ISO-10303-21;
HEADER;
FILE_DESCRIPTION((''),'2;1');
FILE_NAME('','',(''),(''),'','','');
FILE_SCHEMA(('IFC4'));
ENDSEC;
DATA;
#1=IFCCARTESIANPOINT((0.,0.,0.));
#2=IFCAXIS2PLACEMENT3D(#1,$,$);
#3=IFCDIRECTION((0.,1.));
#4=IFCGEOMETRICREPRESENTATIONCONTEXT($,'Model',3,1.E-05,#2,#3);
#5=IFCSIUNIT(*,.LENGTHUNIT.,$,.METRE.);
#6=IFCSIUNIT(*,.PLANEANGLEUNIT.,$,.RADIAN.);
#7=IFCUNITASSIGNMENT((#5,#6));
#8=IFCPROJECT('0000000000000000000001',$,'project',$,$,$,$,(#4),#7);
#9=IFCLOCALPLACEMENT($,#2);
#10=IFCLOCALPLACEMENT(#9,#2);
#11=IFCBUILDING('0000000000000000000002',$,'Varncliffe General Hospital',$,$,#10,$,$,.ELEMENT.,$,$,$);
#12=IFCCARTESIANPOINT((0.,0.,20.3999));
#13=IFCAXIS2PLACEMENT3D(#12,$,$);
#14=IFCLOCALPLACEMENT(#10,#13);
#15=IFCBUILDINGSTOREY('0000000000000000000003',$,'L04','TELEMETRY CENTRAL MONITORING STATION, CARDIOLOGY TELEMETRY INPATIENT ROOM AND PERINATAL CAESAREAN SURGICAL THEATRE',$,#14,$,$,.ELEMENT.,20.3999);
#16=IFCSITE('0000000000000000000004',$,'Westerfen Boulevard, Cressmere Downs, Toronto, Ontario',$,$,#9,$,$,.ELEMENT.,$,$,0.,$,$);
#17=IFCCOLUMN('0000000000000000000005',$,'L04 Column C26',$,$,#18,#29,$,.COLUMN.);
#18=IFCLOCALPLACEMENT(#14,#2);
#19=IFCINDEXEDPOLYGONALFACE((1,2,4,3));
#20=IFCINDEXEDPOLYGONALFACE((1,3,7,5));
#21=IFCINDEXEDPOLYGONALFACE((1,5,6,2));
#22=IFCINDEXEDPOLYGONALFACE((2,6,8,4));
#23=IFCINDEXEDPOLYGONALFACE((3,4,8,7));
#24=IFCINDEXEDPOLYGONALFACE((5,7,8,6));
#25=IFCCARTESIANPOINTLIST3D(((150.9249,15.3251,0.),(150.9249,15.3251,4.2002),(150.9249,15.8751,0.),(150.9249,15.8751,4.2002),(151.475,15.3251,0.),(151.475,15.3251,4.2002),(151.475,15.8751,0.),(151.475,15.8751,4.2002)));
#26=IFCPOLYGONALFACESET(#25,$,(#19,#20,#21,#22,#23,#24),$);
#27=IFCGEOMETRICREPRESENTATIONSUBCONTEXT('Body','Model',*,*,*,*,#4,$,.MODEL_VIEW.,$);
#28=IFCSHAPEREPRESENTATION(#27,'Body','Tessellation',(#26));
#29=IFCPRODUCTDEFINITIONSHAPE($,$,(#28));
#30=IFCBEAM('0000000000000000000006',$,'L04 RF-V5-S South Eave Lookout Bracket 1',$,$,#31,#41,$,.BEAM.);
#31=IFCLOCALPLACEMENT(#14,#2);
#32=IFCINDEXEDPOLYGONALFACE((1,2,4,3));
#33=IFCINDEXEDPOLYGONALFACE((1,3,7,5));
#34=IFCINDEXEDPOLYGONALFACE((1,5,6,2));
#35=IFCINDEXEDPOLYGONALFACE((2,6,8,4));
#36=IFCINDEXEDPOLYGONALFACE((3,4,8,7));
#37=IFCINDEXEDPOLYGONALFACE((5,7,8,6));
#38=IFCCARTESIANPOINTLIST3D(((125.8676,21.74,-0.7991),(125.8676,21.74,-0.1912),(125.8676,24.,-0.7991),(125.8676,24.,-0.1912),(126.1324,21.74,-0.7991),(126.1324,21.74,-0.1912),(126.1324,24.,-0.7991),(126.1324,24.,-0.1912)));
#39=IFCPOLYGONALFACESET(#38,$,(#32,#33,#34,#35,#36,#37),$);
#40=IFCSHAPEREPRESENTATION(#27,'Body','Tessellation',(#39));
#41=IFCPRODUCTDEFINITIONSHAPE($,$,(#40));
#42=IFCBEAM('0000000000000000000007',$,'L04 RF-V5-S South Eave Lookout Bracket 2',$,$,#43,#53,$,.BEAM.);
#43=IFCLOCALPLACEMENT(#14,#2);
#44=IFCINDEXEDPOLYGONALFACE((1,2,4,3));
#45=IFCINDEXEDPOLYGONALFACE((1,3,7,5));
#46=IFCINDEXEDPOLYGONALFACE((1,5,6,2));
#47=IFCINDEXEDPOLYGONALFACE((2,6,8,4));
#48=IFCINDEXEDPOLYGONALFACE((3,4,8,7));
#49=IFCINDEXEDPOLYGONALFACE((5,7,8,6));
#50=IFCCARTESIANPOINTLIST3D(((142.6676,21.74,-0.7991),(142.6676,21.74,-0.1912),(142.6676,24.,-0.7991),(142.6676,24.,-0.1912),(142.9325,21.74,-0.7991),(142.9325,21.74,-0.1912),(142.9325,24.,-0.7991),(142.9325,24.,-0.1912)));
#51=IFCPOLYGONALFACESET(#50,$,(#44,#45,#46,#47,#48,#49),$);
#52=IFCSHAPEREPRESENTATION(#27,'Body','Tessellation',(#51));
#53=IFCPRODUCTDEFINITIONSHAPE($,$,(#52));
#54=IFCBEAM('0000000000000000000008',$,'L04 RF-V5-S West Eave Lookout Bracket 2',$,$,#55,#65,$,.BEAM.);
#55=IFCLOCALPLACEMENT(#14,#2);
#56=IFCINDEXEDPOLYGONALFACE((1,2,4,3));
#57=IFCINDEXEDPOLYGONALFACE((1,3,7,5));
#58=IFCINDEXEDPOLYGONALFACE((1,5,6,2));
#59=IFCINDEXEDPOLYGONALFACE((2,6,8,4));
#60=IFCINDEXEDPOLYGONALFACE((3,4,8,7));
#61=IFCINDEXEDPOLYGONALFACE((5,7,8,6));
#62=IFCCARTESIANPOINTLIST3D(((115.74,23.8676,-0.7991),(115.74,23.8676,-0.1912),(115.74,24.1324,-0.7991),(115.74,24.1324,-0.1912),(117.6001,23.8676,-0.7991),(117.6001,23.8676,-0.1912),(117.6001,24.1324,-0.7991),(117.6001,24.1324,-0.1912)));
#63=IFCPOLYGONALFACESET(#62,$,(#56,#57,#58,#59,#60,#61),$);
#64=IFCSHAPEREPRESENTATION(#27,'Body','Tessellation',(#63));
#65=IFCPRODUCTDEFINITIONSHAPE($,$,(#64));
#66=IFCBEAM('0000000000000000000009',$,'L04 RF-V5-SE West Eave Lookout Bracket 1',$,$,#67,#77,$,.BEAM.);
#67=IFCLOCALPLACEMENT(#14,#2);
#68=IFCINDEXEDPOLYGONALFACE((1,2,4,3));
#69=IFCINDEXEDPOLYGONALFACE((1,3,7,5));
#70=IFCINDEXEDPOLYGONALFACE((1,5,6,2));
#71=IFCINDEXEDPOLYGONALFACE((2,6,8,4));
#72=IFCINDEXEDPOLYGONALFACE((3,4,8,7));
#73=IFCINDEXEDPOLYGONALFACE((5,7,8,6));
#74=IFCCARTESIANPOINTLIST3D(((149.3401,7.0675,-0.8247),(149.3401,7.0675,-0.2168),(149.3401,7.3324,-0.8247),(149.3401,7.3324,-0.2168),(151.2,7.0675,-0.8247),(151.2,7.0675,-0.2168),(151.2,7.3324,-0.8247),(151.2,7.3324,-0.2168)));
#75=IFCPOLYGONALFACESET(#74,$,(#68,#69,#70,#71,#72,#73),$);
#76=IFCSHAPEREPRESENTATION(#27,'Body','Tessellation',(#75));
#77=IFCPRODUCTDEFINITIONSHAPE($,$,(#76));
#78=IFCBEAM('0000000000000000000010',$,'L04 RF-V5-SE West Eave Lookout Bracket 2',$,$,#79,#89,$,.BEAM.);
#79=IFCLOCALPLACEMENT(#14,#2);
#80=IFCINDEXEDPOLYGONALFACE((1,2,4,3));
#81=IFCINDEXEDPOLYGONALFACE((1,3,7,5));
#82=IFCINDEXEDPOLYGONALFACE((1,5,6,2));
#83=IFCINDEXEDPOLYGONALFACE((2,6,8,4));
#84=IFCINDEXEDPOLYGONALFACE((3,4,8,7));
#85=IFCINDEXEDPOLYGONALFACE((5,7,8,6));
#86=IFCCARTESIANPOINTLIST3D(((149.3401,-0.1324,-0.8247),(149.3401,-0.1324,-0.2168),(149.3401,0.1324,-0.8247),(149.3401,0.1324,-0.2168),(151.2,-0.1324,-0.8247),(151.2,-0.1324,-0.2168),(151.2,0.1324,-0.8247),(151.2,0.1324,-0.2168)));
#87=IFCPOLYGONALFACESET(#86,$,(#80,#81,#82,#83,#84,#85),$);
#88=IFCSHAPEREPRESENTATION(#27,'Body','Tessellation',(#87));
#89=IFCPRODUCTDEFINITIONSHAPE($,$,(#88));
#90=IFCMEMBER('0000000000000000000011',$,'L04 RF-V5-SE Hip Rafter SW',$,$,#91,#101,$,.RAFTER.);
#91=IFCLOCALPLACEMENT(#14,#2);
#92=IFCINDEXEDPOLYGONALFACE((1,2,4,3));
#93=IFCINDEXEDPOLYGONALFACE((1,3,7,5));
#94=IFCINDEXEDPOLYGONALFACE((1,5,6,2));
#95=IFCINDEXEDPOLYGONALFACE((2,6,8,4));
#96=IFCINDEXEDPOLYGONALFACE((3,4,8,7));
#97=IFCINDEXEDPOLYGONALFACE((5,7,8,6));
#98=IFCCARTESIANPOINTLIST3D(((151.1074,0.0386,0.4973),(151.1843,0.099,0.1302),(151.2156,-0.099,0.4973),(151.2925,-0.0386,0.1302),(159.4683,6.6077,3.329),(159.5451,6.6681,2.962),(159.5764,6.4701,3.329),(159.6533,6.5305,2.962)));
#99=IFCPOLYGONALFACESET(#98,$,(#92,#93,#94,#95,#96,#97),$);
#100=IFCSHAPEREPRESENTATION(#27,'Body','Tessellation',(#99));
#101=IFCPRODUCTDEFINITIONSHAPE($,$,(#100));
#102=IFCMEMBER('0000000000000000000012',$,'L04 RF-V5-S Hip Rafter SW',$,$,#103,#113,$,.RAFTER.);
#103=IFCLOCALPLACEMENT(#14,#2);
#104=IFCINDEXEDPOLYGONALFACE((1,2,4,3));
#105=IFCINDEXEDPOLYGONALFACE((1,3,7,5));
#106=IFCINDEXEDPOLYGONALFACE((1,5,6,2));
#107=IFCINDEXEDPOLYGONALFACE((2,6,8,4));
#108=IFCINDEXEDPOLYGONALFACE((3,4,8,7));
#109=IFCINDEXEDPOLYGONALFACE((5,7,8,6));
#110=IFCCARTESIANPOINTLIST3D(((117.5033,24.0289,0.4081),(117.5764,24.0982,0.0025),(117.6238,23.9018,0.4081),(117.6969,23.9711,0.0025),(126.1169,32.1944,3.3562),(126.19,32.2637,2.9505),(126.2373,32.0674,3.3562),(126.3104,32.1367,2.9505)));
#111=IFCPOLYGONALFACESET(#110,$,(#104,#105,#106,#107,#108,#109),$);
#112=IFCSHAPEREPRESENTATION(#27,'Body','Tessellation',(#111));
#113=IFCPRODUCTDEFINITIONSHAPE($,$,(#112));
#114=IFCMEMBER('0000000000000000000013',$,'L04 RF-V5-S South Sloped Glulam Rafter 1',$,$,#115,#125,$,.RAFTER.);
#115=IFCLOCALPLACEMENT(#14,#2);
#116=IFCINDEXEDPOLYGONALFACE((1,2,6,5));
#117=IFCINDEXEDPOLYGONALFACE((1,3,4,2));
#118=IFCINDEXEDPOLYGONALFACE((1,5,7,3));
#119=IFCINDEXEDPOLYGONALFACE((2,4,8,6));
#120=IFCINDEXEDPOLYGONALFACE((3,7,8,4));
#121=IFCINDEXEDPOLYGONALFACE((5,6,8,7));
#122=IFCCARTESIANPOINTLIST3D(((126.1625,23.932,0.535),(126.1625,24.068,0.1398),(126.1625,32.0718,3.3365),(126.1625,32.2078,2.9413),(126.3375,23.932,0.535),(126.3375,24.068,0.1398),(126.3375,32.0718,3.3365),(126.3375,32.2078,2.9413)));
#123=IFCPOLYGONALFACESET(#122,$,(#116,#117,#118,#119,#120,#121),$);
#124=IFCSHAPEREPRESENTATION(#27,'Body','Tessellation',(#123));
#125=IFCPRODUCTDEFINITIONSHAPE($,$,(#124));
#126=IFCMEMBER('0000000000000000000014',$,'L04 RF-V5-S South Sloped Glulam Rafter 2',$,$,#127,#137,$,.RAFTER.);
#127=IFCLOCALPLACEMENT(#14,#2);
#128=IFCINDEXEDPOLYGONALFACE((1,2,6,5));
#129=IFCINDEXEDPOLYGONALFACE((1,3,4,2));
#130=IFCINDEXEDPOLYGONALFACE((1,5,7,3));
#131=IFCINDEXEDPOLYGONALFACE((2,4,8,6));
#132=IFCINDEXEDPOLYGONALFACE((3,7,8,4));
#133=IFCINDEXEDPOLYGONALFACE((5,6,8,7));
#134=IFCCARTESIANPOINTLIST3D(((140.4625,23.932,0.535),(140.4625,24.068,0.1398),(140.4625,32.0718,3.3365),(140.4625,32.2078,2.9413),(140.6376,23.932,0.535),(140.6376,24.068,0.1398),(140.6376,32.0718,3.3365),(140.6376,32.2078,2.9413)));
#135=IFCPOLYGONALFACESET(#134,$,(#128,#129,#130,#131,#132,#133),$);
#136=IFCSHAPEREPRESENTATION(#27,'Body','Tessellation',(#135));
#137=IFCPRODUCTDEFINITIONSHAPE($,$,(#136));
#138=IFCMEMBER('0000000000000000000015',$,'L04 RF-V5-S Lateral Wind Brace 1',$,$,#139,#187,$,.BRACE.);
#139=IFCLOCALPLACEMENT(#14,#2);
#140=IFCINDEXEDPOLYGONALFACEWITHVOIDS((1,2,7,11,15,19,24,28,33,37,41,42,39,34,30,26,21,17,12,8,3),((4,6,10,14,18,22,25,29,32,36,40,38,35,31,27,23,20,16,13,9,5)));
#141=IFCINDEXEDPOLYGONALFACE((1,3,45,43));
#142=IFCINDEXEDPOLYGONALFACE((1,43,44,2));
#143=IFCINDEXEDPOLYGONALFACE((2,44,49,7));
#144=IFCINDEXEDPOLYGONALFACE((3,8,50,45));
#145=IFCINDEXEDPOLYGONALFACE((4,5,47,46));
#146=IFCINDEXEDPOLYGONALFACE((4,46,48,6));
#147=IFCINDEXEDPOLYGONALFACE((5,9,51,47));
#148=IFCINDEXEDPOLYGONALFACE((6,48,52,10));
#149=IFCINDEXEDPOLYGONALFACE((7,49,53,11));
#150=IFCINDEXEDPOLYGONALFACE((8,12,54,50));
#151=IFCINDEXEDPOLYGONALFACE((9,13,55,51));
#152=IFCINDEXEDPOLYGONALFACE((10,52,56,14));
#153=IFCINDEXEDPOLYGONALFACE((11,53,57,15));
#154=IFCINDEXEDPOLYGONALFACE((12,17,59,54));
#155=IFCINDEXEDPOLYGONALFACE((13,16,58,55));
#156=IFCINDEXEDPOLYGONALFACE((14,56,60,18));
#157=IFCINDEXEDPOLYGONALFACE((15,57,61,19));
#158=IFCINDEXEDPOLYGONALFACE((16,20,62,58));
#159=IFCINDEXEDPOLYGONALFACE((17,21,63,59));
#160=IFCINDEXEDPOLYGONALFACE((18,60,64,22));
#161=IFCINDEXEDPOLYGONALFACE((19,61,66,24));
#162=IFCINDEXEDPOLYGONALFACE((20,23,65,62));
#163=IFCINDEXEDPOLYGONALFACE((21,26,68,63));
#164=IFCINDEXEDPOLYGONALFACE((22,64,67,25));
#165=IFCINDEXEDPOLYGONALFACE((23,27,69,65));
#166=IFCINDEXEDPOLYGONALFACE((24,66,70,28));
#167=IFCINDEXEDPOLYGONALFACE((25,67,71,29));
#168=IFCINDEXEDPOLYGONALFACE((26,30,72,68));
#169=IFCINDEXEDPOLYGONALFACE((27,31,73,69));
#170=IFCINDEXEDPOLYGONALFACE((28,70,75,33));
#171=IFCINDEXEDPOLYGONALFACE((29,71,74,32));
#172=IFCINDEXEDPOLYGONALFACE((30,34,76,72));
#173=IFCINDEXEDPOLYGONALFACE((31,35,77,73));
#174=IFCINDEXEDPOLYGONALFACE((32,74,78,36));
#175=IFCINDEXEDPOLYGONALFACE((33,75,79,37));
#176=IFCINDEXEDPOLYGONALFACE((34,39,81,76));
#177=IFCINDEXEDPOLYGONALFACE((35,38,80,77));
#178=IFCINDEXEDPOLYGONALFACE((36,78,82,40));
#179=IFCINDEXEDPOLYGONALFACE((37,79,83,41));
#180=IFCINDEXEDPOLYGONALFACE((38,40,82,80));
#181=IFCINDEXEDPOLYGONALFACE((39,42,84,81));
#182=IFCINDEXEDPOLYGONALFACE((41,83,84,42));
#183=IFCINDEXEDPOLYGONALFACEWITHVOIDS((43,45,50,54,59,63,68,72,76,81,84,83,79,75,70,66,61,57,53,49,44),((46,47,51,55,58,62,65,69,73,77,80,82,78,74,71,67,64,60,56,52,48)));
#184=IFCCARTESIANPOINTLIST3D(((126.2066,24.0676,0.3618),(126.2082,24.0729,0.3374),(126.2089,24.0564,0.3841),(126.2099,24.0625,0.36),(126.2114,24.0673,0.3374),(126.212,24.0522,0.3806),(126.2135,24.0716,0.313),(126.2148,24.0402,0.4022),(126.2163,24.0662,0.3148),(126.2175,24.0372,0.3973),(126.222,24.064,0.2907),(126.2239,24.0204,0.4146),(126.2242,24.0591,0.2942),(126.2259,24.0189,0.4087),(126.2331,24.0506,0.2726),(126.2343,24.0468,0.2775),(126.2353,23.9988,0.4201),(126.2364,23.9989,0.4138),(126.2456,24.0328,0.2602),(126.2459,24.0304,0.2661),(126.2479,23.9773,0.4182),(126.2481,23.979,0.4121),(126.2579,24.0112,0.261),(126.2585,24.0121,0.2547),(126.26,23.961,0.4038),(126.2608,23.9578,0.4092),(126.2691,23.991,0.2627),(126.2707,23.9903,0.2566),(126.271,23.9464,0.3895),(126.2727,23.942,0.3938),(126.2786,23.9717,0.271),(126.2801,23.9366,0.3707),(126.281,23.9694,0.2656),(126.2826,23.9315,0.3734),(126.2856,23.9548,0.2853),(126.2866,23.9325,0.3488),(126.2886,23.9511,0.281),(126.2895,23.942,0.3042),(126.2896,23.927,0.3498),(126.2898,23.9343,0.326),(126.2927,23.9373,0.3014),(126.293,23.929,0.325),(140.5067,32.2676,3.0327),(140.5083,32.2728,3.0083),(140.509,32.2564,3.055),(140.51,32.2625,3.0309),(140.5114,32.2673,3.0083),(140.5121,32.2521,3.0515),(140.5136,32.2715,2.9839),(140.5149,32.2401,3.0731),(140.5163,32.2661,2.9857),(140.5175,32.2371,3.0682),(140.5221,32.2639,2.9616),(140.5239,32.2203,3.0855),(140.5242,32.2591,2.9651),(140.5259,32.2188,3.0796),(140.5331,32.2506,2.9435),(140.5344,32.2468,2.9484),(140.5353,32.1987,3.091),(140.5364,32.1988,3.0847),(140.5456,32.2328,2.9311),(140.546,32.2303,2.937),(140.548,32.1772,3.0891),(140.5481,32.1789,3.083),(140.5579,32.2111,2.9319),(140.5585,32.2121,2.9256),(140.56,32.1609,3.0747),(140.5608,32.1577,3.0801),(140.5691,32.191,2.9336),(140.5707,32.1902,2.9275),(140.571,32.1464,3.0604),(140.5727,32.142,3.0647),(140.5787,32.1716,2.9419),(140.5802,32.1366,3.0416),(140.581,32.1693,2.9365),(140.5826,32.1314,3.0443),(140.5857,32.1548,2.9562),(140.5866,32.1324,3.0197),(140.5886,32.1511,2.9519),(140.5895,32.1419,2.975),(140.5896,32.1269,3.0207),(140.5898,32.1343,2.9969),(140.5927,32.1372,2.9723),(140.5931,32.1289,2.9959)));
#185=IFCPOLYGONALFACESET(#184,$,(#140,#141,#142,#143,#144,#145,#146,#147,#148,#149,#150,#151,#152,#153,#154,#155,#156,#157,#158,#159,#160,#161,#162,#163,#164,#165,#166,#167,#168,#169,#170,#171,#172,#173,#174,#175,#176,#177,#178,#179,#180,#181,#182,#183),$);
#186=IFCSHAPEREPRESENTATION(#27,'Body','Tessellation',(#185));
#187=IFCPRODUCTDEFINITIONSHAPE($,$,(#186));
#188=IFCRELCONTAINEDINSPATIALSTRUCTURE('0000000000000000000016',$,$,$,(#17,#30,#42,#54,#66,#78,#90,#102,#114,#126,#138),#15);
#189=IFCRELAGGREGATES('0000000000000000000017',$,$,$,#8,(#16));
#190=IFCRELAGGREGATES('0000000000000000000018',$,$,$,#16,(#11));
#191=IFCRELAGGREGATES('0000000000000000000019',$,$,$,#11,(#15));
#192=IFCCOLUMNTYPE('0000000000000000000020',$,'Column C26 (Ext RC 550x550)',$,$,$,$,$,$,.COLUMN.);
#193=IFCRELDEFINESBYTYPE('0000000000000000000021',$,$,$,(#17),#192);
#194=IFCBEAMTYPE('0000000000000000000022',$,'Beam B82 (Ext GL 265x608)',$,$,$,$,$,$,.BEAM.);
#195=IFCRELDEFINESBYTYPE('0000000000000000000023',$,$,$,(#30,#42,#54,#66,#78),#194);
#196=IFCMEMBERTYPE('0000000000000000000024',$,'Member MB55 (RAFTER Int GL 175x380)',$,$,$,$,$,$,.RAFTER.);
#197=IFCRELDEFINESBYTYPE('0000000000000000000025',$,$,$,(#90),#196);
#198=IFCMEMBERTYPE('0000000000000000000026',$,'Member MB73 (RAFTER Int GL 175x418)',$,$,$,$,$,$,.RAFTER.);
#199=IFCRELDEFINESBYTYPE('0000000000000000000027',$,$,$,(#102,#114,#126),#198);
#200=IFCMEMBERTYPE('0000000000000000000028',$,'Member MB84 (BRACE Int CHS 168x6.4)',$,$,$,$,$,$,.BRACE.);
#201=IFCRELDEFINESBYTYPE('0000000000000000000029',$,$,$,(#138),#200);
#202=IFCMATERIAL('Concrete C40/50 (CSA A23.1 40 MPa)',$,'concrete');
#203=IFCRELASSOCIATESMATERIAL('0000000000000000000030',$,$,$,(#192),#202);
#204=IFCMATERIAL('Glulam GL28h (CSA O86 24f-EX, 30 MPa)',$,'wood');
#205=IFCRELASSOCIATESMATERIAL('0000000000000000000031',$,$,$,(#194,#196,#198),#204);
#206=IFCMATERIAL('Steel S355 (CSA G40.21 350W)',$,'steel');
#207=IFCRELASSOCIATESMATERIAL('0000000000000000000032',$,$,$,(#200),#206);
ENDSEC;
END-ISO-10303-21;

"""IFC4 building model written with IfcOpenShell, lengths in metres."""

from ifc_helpers import new_model, si_unit, direction, frame, origin, origin_2d, place, context, subcontext, project, spatial, rectangle, hollow_circle, extrude, material, material_profile, profile_set, type_object, element, save


model = new_model("IFC4")

# Units and contexts
model_context = context("Model", 3, precision=1e-05, world=origin(), true_north=direction((0.0, 1.0)))
body_context = subcontext(model_context, "Body", "Model", "MODEL_VIEW")
ifc_project = project(units=[si_unit("LENGTHUNIT", "METRE"), si_unit("PLANEANGLEUNIT", "RADIAN")], contexts=[model_context])

# Site, building, storey
site_placement = place(None, origin())
site = spatial("IfcSite", under=ifc_project, at=site_placement, Name="Westerfen Boulevard, Cressmere Downs, Toronto, Ontario", CompositionType="ELEMENT", RefElevation=0.0)
building_placement = place(site_placement, origin())
building = spatial("IfcBuilding", under=site, at=building_placement, Name="Varncliffe General Hospital", CompositionType="ELEMENT")
storey_placement = place(building_placement, frame((0.0, 0.0, 20.3999)))
storey = spatial("IfcBuildingStorey", under=building, at=storey_placement, Name="L04", Description="TELEMETRY CENTRAL MONITORING STATION, CARDIOLOGY TELEMETRY INPATIENT ROOM AND PERINATAL CAESAREAN SURGICAL THEATRE", CompositionType="ELEMENT", Elevation=20.3999)

# Column
ifc_material_1 = material(Name="Concrete C40/50 (CSA A23.1 40 MPa)", Category="concrete")
ifc_material_profile_1 = material_profile(ifc_material_1, rectangle(XDim=0.55, YDim=0.55, at=origin_2d()), Name="RC 550x550")
ifc_profile_set_1 = profile_set([ifc_material_profile_1], Name="Concrete C40/50 (CSA A23.1 40 MPa)")
column_type = type_object("IfcColumnType", Name="Column C26 (Ext RC 550x550)", PredefinedType="COLUMN", material=ifc_profile_set_1)
column_placement = place(storey_placement, frame((151.2, 15.6001, 0.0), z_axis=(0.0, 0.0, 1.0), x_axis=(1.0, 0.0, 0.0)))
element("IfcColumn", 1, at=column_placement, inside=storey, type_object=column_type, Name="L04 Column C26", PredefinedType="COLUMN", context=body_context, shape_type="SweptSolid", body=[
    extrude(rectangle(XDim=0.55, YDim=0.55, at=origin_2d()), origin(), (0.0, 0.0, 1.0), 4.2002),
])

# Beams
ifc_material_2 = material(Name="Glulam GL28h (CSA O86 24f-EX, 30 MPa)", Category="wood")
ifc_material_profile_2 = material_profile(ifc_material_2, rectangle(XDim=0.2649, YDim=0.6079, at=origin_2d()), Name="GL 265x608")
ifc_profile_set_2 = profile_set([ifc_material_profile_2], Name="Glulam GL28h (CSA O86 24f-EX, 30 MPa)")
beam_type = type_object("IfcBeamType", Name="Beam B82 (Ext GL 265x608)", PredefinedType="BEAM", material=ifc_profile_set_2)
for number, where, z_axis, x_axis, name in (
    (2, (126.0, 21.74, -0.4951), (0.0, 1.0, 0.0), (-1.0, 0.0, 0.0), "L04 RF-V5-S South Eave Lookout Bracket 1"),
    (3, (142.8, 21.74, -0.4951), (0.0, 1.0, 0.0), (-1.0, 0.0, 0.0), "L04 RF-V5-S South Eave Lookout Bracket 2"),
):
    element("IfcBeam", number, at=place(storey_placement, frame(where, z_axis=z_axis, x_axis=x_axis)), inside=storey, type_object=beam_type, Name=name, PredefinedType="BEAM", context=body_context, shape_type="SweptSolid", body=[
        extrude(rectangle(XDim=0.2649, YDim=0.6079, at=origin_2d()), origin(), (0.0, 0.0, 1.0), 2.26),
    ])
beam_placement = place(storey_placement, frame((115.74, 24.0, -0.4951), z_axis=(1.0, 0.0, 0.0), x_axis=(0.0, 1.0, 0.0)))
element("IfcBeam", 4, at=beam_placement, inside=storey, type_object=beam_type, Name="L04 RF-V5-S West Eave Lookout Bracket 2", PredefinedType="BEAM", context=body_context, shape_type="SweptSolid", body=[
    extrude(rectangle(XDim=0.2649, YDim=0.6079, at=origin_2d()), origin(), (0.0, 0.0, 1.0), 1.8601),
])
for number, where, z_axis, x_axis, name in (
    (5, (149.3401, 7.2, -0.5208), (1.0, 0.0, 0.0), (0.0, 1.0, 0.0), "L04 RF-V5-SE West Eave Lookout Bracket 1"),
    (6, (149.3401, 0.0, -0.5208), (1.0, 0.0, 0.0), (0.0, 1.0, 0.0), "L04 RF-V5-SE West Eave Lookout Bracket 2"),
):
    element("IfcBeam", number, at=place(storey_placement, frame(where, z_axis=z_axis, x_axis=x_axis)), inside=storey, type_object=beam_type, Name=name, PredefinedType="BEAM", context=body_context, shape_type="SweptSolid", body=[
        extrude(rectangle(XDim=0.2649, YDim=0.6079, at=origin_2d()), origin(), (0.0, 0.0, 1.0), 1.8599),
    ])

# Members
ifc_material_profile_3 = material_profile(ifc_material_2, rectangle(XDim=0.175, YDim=0.3799, at=origin_2d()), Name="GL 175x380")
ifc_profile_set_3 = profile_set([ifc_material_profile_3], Name="Glulam GL28h (CSA O86 24f-EX, 30 MPa)")
member_type_1 = type_object("IfcMemberType", Name="Member MB55 (RAFTER Int GL 175x380)", PredefinedType="RAFTER", material=ifc_profile_set_3)
member_1_placement = place(storey_placement, frame((151.2, 0.0, 0.3137), z_axis=(0.759839, 0.597004, 0.257355), x_axis=(-0.617813, 0.786325, 0.0)))
element("IfcMember", 7, at=member_1_placement, inside=storey, type_object=member_type_1, Name="L04 RF-V5-SE Hip Rafter SW", PredefinedType="RAFTER", context=body_context, shape_type="SweptSolid", body=[
    extrude(rectangle(XDim=0.175, YDim=0.3799, at=origin_2d()), origin(), (0.0, 0.0, 1.0), 11.0034),
])
ifc_material_profile_4 = material_profile(ifc_material_2, rectangle(XDim=0.175, YDim=0.418, at=origin_2d()), Name="GL 175x418")
ifc_profile_set_4 = profile_set([ifc_material_profile_4], Name="Glulam GL28h (CSA O86 24f-EX, 30 MPa)")
member_type_2 = type_object("IfcMemberType", Name="Member MB73 (RAFTER Int GL 175x418)", PredefinedType="RAFTER", material=ifc_profile_set_4)
member_2_placement = place(storey_placement, frame((117.6001, 24.0, 0.2053), z_axis=(0.704327, 0.667694, 0.241057), x_axis=(-0.687982, 0.725728, 0.0)))
element("IfcMember", 8, at=member_2_placement, inside=storey, type_object=member_type_2, Name="L04 RF-V5-S Hip Rafter SW", PredefinedType="RAFTER", context=body_context, shape_type="SweptSolid", body=[
    extrude(rectangle(XDim=0.175, YDim=0.418, at=origin_2d()), origin(), (0.0, 0.0, 1.0), 12.2295),
])
for number, where, z_axis, x_axis, name in (
    (9, (126.25, 24.0, 0.3374), (0.0, 0.945564, 0.325436), (-1.0, 0.0, 0.0), "L04 RF-V5-S South Sloped Glulam Rafter 1"),
    (10, (140.55, 24.0, 0.3374), (0.0, 0.945564, 0.325436), (-1.0, 0.0, 0.0), "L04 RF-V5-S South Sloped Glulam Rafter 2"),
):
    element("IfcMember", number, at=place(storey_placement, frame(where, z_axis=z_axis, x_axis=x_axis)), inside=storey, type_object=member_type_2, Name=name, PredefinedType="RAFTER", context=body_context, shape_type="SweptSolid", body=[
        extrude(rectangle(XDim=0.175, YDim=0.418, at=origin_2d()), origin(), (0.0, 0.0, 1.0), 8.6084),
    ])
ifc_material_3 = material(Name="Steel S355 (CSA G40.21 350W)", Category="steel")
ifc_material_profile_5 = material_profile(ifc_material_3, hollow_circle(Radius=0.084, WallThickness=0.0063, at=origin_2d()), Name="CHS 168x6.4")
ifc_profile_set_5 = profile_set([ifc_material_profile_5], Name="Steel S355 (CSA G40.21 350W)")
member_type_3 = type_object("IfcMemberType", Name="Member MB84 (BRACE Int CHS 168x6.4)", PredefinedType="BRACE", material=ifc_profile_set_5)
member_3_placement = place(storey_placement, frame((126.25, 24.0, 0.3374), z_axis=(0.85633, 0.491038, 0.159941), x_axis=(-0.497441, 0.867498, 0.0)))
element("IfcMember", 11, at=member_3_placement, inside=storey, type_object=member_type_3, Name="L04 RF-V5-S Lateral Wind Brace 1", PredefinedType="BRACE", context=body_context, shape_type="SweptSolid", body=[
    extrude(hollow_circle(Radius=0.084, WallThickness=0.0063, at=origin_2d()), origin(), (0.0, 0.0, 1.0), 16.6992),
])

save(model, "model.ifc")
